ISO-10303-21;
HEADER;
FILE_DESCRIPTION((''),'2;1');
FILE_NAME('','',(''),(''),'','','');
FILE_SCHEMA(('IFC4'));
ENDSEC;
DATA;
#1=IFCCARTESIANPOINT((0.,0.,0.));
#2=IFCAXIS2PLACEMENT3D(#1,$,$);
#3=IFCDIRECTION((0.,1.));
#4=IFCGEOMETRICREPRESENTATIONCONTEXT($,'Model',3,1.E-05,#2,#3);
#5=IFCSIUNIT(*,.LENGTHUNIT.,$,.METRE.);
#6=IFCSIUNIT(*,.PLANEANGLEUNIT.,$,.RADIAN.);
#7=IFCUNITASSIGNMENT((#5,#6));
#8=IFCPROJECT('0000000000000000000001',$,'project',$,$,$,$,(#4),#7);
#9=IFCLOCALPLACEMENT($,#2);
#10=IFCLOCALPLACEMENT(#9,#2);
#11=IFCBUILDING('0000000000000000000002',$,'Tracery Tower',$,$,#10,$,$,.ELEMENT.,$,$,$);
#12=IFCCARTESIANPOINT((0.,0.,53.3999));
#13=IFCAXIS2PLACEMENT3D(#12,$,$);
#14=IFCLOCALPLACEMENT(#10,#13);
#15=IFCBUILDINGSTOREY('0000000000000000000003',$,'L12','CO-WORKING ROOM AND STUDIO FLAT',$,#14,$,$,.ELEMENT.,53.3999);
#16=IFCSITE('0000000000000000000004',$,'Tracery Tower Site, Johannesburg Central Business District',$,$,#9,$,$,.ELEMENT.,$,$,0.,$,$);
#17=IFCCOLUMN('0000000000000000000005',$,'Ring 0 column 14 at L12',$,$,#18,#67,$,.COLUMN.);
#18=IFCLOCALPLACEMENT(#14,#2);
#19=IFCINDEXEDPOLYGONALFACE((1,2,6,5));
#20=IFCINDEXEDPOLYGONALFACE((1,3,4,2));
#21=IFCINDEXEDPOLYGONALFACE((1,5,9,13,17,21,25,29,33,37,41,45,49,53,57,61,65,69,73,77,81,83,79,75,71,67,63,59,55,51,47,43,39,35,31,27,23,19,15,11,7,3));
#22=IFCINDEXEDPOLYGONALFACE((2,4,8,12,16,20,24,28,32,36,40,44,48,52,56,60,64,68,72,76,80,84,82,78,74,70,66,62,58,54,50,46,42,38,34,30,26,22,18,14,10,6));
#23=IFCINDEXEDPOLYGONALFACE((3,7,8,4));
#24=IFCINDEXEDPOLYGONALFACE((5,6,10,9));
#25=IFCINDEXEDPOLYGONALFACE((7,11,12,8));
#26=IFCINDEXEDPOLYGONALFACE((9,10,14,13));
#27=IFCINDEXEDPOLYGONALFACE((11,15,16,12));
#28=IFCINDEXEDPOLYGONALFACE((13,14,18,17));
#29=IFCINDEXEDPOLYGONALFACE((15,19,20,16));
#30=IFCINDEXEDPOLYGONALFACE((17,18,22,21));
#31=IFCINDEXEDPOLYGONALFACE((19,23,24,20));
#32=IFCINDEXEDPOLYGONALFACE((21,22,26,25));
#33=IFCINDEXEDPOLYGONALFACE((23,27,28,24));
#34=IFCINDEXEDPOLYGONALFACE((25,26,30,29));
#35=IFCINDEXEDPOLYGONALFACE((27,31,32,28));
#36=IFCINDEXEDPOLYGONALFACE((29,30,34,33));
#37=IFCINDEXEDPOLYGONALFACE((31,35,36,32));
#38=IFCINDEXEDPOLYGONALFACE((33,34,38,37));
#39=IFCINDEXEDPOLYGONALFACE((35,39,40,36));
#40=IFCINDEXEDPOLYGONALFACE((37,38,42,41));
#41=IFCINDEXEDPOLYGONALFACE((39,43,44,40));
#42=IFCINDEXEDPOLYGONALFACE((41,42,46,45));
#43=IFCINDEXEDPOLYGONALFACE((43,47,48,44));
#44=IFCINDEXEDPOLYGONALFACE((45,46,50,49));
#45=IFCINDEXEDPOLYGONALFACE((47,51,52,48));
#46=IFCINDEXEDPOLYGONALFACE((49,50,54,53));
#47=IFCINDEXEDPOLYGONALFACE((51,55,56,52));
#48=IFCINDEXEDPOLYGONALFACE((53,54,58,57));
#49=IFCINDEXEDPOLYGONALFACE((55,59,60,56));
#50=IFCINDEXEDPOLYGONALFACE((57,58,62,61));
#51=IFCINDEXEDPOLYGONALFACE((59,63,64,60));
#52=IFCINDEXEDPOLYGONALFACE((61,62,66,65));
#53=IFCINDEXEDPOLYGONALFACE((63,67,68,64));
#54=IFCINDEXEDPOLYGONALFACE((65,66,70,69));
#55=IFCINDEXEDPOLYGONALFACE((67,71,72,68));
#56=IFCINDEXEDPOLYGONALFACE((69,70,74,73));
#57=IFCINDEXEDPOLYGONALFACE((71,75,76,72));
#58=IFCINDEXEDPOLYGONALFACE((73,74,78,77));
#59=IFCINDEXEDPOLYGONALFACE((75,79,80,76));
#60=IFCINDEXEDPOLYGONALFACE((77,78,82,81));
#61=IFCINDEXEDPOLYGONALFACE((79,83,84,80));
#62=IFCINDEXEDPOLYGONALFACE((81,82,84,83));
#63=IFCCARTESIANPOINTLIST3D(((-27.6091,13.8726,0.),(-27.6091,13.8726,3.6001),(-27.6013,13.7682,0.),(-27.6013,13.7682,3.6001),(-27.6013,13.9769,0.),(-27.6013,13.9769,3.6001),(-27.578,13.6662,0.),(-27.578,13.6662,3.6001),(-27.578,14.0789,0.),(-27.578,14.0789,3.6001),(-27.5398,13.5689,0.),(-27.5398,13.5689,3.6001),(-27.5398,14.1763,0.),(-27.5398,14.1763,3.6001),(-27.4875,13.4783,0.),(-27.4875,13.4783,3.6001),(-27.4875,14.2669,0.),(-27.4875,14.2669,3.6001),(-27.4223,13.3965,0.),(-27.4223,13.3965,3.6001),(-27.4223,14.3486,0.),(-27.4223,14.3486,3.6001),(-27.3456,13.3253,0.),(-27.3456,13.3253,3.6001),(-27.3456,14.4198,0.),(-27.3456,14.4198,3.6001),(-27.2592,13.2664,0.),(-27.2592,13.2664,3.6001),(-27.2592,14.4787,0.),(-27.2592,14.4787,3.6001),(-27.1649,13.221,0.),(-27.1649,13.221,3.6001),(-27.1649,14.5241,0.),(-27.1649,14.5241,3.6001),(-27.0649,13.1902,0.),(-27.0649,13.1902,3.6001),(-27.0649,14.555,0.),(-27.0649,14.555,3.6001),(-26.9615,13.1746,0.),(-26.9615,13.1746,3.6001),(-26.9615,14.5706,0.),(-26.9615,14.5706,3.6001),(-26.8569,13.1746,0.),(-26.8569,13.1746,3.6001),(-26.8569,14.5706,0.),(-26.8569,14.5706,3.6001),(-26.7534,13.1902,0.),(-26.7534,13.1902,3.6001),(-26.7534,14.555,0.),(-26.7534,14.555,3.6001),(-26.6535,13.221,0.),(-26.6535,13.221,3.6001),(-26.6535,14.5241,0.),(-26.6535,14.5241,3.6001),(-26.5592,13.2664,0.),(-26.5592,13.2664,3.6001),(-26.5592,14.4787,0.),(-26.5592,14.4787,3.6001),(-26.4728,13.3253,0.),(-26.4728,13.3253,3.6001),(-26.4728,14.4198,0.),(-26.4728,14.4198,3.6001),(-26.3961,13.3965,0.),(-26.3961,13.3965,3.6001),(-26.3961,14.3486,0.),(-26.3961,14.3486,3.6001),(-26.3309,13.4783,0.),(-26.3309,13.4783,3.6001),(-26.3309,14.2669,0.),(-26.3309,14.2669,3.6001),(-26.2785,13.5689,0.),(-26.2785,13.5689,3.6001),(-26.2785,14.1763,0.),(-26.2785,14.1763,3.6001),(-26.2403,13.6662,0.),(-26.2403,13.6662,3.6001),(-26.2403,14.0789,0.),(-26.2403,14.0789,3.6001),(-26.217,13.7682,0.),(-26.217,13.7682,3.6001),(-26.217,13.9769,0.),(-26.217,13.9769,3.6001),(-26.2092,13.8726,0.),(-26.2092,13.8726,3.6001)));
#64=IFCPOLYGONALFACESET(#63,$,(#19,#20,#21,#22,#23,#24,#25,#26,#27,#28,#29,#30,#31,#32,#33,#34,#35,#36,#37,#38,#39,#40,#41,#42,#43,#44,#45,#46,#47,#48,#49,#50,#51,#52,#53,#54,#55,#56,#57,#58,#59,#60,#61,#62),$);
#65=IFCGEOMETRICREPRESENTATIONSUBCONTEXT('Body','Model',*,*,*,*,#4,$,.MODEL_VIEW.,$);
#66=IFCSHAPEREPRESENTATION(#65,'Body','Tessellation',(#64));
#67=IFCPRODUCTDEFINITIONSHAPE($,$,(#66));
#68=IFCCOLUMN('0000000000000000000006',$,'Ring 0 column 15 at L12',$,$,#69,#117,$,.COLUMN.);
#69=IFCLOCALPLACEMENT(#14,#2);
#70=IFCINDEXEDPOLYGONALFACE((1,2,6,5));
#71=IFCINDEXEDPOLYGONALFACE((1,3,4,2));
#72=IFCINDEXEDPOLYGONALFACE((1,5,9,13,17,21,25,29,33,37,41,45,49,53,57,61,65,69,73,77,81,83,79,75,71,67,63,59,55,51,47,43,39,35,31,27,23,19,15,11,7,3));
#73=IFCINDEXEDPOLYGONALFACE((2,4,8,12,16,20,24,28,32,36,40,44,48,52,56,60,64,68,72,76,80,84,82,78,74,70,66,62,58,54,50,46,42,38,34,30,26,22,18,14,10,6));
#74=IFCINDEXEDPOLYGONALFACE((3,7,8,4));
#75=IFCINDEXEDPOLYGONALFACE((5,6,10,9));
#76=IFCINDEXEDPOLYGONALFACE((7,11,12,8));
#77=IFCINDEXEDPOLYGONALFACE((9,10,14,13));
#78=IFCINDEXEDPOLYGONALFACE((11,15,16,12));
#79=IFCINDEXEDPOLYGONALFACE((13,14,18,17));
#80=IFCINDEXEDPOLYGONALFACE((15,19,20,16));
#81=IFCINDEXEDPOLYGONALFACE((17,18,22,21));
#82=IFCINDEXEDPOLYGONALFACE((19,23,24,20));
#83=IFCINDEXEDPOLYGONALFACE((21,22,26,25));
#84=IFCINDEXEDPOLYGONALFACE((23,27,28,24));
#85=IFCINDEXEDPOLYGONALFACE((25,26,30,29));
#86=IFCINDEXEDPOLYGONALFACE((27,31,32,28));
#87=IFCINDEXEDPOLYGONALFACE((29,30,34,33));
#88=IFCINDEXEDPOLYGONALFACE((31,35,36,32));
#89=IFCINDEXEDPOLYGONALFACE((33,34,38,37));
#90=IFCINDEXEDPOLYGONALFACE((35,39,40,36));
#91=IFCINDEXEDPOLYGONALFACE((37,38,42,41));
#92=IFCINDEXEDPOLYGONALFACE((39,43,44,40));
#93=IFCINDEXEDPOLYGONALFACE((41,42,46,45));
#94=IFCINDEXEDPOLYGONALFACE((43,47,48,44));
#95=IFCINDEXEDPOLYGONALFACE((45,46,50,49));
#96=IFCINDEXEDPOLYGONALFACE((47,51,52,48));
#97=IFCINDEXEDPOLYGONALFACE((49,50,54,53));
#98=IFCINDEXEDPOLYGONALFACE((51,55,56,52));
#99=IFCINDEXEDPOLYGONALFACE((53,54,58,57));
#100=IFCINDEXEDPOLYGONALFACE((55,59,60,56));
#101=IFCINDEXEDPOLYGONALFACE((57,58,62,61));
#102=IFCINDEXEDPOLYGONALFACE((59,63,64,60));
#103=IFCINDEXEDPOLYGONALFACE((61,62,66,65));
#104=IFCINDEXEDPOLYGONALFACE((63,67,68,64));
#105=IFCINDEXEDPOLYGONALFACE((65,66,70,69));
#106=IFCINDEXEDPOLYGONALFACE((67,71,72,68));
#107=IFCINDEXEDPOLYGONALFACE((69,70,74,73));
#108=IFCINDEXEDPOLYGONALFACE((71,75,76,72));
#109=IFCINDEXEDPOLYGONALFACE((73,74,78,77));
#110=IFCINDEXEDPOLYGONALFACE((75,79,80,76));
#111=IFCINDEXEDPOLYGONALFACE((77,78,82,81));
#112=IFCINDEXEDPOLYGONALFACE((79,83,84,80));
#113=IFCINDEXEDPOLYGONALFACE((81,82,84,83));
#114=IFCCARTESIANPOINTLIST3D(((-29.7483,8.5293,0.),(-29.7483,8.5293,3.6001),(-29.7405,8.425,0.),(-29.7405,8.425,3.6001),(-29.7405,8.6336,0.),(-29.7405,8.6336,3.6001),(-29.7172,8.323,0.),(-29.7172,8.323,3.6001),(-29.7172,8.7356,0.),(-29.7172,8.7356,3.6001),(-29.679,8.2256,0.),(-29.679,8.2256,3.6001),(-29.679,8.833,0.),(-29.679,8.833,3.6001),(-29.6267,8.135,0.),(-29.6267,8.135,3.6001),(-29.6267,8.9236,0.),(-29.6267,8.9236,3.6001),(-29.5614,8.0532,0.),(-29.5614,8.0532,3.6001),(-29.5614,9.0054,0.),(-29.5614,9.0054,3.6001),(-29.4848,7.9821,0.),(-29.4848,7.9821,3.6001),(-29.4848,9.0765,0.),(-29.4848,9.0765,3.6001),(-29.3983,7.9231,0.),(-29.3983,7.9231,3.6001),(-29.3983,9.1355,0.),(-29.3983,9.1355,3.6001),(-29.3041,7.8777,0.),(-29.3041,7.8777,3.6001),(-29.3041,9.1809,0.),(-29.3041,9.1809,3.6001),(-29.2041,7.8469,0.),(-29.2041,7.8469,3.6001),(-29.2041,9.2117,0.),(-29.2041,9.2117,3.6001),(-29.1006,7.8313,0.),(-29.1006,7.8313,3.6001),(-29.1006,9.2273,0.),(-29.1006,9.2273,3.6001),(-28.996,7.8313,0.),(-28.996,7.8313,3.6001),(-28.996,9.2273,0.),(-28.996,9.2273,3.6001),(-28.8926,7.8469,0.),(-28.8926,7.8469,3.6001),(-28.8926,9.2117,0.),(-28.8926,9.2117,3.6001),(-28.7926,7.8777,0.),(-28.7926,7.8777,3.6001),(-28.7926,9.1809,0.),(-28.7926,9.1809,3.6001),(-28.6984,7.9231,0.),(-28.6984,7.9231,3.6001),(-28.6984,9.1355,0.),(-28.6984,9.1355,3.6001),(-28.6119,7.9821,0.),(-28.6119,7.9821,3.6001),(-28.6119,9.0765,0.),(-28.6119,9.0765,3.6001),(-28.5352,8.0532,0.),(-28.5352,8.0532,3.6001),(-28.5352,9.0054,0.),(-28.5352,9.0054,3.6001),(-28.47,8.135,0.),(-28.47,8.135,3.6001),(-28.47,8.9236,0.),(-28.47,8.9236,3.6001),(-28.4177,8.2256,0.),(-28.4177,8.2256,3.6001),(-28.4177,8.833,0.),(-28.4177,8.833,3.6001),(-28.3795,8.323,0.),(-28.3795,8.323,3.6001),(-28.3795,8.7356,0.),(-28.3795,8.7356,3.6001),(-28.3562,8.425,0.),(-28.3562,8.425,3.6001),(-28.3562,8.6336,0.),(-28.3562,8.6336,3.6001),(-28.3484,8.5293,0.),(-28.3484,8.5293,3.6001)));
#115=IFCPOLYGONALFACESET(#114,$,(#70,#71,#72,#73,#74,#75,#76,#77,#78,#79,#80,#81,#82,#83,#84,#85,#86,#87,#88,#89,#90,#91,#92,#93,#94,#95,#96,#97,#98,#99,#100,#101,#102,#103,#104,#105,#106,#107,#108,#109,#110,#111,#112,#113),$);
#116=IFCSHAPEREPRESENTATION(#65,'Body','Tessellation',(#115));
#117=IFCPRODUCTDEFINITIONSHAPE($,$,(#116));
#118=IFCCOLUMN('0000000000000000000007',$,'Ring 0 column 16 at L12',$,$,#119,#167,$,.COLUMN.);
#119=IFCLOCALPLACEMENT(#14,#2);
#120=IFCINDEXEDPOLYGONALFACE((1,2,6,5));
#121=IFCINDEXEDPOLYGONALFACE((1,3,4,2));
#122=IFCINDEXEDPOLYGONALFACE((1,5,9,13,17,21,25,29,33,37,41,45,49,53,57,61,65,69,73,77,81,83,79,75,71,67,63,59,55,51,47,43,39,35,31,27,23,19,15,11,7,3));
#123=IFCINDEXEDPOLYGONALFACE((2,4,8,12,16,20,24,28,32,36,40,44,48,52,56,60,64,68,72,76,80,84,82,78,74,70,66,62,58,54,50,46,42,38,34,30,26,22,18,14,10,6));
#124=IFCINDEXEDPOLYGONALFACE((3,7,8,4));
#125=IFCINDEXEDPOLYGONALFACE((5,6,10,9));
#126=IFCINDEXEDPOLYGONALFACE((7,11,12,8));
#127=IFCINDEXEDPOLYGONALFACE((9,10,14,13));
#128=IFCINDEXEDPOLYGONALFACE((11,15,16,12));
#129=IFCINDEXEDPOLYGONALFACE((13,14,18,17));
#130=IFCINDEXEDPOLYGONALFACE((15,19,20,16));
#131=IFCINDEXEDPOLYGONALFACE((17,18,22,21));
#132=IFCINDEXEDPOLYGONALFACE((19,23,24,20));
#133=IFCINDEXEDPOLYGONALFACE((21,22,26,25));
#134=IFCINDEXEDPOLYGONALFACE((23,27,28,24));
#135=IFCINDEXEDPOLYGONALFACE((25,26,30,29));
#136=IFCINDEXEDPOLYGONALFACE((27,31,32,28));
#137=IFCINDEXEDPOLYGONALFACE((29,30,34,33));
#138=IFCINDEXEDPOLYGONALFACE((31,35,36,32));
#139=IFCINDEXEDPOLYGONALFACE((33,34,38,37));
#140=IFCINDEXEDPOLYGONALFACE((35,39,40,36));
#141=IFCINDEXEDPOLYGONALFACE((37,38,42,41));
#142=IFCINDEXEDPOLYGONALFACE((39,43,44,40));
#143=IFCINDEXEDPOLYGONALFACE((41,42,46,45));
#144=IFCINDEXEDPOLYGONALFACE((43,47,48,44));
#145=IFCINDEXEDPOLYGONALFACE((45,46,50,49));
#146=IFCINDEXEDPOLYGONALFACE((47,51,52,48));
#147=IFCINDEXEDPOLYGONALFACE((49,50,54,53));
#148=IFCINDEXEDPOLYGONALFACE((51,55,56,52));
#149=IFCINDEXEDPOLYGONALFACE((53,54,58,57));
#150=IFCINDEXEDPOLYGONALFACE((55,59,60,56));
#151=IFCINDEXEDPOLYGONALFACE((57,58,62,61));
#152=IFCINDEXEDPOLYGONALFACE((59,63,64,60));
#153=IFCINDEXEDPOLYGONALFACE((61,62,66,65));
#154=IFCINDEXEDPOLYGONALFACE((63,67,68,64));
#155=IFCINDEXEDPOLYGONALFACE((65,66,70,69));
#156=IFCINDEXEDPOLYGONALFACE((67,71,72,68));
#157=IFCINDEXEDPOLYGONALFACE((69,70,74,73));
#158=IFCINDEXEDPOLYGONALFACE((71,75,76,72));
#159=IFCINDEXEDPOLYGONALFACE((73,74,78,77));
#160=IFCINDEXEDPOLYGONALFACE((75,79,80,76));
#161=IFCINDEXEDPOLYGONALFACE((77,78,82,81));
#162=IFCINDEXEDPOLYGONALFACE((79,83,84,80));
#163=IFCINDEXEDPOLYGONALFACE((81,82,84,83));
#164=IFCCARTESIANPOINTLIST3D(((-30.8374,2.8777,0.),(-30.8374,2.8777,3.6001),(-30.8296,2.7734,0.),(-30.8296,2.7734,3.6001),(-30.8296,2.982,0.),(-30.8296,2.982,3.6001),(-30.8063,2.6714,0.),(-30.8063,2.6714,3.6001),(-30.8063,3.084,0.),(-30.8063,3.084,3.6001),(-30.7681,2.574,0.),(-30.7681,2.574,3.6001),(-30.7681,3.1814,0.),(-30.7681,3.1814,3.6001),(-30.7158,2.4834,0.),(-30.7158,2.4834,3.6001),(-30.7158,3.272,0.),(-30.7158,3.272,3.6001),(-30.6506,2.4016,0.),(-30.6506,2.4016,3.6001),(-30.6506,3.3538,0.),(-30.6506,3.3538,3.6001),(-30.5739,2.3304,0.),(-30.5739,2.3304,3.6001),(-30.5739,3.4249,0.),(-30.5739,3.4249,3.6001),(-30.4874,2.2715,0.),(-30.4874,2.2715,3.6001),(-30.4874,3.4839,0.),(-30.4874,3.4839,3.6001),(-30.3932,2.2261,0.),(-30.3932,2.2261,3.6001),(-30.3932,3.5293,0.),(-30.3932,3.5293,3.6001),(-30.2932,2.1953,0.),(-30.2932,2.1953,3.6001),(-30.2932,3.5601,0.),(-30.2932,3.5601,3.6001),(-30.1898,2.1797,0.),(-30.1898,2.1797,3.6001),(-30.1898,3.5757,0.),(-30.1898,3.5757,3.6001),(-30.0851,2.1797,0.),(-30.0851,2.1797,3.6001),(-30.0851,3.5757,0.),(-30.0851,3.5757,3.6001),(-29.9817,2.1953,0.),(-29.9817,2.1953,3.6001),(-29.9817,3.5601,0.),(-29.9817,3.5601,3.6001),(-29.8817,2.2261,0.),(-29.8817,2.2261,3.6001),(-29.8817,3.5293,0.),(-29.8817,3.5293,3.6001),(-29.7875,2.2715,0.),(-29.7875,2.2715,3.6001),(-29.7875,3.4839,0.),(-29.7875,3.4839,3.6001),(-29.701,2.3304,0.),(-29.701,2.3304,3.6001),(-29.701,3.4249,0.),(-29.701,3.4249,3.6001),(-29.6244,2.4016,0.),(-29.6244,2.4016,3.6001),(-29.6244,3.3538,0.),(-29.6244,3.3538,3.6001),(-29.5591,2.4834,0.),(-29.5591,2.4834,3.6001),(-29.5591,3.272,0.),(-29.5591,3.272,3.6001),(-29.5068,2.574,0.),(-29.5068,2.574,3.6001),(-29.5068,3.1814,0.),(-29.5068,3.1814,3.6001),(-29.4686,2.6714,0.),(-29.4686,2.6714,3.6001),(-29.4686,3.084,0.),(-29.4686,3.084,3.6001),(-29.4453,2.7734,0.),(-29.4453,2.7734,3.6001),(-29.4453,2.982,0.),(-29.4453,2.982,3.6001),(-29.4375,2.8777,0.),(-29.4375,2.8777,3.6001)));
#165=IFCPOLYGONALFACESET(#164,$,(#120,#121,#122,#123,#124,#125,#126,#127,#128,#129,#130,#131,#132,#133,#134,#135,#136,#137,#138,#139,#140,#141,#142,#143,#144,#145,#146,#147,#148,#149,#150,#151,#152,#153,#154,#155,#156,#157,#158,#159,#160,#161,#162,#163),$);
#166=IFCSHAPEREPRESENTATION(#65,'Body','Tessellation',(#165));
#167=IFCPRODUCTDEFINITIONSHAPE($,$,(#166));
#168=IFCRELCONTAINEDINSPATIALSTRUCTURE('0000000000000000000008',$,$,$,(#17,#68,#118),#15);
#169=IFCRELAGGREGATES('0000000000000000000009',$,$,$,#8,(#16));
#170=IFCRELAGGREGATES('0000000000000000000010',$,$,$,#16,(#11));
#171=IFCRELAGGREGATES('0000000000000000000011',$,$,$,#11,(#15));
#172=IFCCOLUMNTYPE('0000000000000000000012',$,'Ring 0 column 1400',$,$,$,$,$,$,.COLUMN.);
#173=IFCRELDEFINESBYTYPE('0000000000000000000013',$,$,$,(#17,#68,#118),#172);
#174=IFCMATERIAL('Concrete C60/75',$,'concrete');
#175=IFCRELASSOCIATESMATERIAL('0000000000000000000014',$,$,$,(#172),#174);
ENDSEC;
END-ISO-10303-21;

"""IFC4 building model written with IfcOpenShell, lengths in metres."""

from ifc_helpers import new_model, si_unit, direction, frame, origin, origin_2d, place, context, subcontext, project, spatial, circle, extrude, material, material_profile, profile_set, type_object, element, save


model = new_model("IFC4")

# Units and contexts
model_context = context("Model", 3, precision=1e-05, world=origin(), true_north=direction((0.0, 1.0)))
body_context = subcontext(model_context, "Body", "Model", "MODEL_VIEW")
ifc_project = project(units=[si_unit("LENGTHUNIT", "METRE"), si_unit("PLANEANGLEUNIT", "RADIAN")], contexts=[model_context])

# Site, building, storey
site_placement = place(None, origin())
site = spatial("IfcSite", under=ifc_project, at=site_placement, Name="Tracery Tower Site, Johannesburg Central Business District", CompositionType="ELEMENT", RefElevation=0.0)
building_placement = place(site_placement, origin())
building = spatial("IfcBuilding", under=site, at=building_placement, Name="Tracery Tower", CompositionType="ELEMENT")
storey_placement = place(building_placement, frame((0.0, 0.0, 53.3999)))
storey = spatial("IfcBuildingStorey", under=building, at=storey_placement, Name="L12", Description="CO-WORKING ROOM AND STUDIO FLAT", CompositionType="ELEMENT", Elevation=53.3999)

# Columns
ifc_material_1 = material(Name="Concrete C60/75", Category="concrete")
ifc_material_profile_1 = material_profile(ifc_material_1, circle(Radius=0.7, at=origin_2d()), Name="RC D1400")
ifc_profile_set_1 = profile_set([ifc_material_profile_1], Name="Concrete C60/75")
column_type_1 = type_object("IfcColumnType", Name="Ring 0 column 1400", PredefinedType="COLUMN", material=ifc_profile_set_1)
for number, where, z_axis, x_axis, name in (
    (1, (-26.9092, 13.8726, 0.0), (0.0, 0.0, 1.0), (1.0, 0.0, 0.0), "Ring 0 column 14 at L12"),
    (2, (-29.0483, 8.5293, 0.0), (0.0, 0.0, 1.0), (1.0, 0.0, 0.0), "Ring 0 column 15 at L12"),
    (3, (-30.1375, 2.8777, 0.0), (0.0, 0.0, 1.0), (1.0, 0.0, 0.0), "Ring 0 column 16 at L12"),
):
    element("IfcColumn", number, at=place(storey_placement, frame(where, z_axis=z_axis, x_axis=x_axis)), inside=storey, type_object=column_type_1, Name=name, PredefinedType="COLUMN", context=body_context, shape_type="SweptSolid", body=[
        extrude(circle(Radius=0.7, at=origin_2d()), origin(), (0.0, 0.0, 1.0), 3.6001),
    ])

save(model, "model.ifc")
